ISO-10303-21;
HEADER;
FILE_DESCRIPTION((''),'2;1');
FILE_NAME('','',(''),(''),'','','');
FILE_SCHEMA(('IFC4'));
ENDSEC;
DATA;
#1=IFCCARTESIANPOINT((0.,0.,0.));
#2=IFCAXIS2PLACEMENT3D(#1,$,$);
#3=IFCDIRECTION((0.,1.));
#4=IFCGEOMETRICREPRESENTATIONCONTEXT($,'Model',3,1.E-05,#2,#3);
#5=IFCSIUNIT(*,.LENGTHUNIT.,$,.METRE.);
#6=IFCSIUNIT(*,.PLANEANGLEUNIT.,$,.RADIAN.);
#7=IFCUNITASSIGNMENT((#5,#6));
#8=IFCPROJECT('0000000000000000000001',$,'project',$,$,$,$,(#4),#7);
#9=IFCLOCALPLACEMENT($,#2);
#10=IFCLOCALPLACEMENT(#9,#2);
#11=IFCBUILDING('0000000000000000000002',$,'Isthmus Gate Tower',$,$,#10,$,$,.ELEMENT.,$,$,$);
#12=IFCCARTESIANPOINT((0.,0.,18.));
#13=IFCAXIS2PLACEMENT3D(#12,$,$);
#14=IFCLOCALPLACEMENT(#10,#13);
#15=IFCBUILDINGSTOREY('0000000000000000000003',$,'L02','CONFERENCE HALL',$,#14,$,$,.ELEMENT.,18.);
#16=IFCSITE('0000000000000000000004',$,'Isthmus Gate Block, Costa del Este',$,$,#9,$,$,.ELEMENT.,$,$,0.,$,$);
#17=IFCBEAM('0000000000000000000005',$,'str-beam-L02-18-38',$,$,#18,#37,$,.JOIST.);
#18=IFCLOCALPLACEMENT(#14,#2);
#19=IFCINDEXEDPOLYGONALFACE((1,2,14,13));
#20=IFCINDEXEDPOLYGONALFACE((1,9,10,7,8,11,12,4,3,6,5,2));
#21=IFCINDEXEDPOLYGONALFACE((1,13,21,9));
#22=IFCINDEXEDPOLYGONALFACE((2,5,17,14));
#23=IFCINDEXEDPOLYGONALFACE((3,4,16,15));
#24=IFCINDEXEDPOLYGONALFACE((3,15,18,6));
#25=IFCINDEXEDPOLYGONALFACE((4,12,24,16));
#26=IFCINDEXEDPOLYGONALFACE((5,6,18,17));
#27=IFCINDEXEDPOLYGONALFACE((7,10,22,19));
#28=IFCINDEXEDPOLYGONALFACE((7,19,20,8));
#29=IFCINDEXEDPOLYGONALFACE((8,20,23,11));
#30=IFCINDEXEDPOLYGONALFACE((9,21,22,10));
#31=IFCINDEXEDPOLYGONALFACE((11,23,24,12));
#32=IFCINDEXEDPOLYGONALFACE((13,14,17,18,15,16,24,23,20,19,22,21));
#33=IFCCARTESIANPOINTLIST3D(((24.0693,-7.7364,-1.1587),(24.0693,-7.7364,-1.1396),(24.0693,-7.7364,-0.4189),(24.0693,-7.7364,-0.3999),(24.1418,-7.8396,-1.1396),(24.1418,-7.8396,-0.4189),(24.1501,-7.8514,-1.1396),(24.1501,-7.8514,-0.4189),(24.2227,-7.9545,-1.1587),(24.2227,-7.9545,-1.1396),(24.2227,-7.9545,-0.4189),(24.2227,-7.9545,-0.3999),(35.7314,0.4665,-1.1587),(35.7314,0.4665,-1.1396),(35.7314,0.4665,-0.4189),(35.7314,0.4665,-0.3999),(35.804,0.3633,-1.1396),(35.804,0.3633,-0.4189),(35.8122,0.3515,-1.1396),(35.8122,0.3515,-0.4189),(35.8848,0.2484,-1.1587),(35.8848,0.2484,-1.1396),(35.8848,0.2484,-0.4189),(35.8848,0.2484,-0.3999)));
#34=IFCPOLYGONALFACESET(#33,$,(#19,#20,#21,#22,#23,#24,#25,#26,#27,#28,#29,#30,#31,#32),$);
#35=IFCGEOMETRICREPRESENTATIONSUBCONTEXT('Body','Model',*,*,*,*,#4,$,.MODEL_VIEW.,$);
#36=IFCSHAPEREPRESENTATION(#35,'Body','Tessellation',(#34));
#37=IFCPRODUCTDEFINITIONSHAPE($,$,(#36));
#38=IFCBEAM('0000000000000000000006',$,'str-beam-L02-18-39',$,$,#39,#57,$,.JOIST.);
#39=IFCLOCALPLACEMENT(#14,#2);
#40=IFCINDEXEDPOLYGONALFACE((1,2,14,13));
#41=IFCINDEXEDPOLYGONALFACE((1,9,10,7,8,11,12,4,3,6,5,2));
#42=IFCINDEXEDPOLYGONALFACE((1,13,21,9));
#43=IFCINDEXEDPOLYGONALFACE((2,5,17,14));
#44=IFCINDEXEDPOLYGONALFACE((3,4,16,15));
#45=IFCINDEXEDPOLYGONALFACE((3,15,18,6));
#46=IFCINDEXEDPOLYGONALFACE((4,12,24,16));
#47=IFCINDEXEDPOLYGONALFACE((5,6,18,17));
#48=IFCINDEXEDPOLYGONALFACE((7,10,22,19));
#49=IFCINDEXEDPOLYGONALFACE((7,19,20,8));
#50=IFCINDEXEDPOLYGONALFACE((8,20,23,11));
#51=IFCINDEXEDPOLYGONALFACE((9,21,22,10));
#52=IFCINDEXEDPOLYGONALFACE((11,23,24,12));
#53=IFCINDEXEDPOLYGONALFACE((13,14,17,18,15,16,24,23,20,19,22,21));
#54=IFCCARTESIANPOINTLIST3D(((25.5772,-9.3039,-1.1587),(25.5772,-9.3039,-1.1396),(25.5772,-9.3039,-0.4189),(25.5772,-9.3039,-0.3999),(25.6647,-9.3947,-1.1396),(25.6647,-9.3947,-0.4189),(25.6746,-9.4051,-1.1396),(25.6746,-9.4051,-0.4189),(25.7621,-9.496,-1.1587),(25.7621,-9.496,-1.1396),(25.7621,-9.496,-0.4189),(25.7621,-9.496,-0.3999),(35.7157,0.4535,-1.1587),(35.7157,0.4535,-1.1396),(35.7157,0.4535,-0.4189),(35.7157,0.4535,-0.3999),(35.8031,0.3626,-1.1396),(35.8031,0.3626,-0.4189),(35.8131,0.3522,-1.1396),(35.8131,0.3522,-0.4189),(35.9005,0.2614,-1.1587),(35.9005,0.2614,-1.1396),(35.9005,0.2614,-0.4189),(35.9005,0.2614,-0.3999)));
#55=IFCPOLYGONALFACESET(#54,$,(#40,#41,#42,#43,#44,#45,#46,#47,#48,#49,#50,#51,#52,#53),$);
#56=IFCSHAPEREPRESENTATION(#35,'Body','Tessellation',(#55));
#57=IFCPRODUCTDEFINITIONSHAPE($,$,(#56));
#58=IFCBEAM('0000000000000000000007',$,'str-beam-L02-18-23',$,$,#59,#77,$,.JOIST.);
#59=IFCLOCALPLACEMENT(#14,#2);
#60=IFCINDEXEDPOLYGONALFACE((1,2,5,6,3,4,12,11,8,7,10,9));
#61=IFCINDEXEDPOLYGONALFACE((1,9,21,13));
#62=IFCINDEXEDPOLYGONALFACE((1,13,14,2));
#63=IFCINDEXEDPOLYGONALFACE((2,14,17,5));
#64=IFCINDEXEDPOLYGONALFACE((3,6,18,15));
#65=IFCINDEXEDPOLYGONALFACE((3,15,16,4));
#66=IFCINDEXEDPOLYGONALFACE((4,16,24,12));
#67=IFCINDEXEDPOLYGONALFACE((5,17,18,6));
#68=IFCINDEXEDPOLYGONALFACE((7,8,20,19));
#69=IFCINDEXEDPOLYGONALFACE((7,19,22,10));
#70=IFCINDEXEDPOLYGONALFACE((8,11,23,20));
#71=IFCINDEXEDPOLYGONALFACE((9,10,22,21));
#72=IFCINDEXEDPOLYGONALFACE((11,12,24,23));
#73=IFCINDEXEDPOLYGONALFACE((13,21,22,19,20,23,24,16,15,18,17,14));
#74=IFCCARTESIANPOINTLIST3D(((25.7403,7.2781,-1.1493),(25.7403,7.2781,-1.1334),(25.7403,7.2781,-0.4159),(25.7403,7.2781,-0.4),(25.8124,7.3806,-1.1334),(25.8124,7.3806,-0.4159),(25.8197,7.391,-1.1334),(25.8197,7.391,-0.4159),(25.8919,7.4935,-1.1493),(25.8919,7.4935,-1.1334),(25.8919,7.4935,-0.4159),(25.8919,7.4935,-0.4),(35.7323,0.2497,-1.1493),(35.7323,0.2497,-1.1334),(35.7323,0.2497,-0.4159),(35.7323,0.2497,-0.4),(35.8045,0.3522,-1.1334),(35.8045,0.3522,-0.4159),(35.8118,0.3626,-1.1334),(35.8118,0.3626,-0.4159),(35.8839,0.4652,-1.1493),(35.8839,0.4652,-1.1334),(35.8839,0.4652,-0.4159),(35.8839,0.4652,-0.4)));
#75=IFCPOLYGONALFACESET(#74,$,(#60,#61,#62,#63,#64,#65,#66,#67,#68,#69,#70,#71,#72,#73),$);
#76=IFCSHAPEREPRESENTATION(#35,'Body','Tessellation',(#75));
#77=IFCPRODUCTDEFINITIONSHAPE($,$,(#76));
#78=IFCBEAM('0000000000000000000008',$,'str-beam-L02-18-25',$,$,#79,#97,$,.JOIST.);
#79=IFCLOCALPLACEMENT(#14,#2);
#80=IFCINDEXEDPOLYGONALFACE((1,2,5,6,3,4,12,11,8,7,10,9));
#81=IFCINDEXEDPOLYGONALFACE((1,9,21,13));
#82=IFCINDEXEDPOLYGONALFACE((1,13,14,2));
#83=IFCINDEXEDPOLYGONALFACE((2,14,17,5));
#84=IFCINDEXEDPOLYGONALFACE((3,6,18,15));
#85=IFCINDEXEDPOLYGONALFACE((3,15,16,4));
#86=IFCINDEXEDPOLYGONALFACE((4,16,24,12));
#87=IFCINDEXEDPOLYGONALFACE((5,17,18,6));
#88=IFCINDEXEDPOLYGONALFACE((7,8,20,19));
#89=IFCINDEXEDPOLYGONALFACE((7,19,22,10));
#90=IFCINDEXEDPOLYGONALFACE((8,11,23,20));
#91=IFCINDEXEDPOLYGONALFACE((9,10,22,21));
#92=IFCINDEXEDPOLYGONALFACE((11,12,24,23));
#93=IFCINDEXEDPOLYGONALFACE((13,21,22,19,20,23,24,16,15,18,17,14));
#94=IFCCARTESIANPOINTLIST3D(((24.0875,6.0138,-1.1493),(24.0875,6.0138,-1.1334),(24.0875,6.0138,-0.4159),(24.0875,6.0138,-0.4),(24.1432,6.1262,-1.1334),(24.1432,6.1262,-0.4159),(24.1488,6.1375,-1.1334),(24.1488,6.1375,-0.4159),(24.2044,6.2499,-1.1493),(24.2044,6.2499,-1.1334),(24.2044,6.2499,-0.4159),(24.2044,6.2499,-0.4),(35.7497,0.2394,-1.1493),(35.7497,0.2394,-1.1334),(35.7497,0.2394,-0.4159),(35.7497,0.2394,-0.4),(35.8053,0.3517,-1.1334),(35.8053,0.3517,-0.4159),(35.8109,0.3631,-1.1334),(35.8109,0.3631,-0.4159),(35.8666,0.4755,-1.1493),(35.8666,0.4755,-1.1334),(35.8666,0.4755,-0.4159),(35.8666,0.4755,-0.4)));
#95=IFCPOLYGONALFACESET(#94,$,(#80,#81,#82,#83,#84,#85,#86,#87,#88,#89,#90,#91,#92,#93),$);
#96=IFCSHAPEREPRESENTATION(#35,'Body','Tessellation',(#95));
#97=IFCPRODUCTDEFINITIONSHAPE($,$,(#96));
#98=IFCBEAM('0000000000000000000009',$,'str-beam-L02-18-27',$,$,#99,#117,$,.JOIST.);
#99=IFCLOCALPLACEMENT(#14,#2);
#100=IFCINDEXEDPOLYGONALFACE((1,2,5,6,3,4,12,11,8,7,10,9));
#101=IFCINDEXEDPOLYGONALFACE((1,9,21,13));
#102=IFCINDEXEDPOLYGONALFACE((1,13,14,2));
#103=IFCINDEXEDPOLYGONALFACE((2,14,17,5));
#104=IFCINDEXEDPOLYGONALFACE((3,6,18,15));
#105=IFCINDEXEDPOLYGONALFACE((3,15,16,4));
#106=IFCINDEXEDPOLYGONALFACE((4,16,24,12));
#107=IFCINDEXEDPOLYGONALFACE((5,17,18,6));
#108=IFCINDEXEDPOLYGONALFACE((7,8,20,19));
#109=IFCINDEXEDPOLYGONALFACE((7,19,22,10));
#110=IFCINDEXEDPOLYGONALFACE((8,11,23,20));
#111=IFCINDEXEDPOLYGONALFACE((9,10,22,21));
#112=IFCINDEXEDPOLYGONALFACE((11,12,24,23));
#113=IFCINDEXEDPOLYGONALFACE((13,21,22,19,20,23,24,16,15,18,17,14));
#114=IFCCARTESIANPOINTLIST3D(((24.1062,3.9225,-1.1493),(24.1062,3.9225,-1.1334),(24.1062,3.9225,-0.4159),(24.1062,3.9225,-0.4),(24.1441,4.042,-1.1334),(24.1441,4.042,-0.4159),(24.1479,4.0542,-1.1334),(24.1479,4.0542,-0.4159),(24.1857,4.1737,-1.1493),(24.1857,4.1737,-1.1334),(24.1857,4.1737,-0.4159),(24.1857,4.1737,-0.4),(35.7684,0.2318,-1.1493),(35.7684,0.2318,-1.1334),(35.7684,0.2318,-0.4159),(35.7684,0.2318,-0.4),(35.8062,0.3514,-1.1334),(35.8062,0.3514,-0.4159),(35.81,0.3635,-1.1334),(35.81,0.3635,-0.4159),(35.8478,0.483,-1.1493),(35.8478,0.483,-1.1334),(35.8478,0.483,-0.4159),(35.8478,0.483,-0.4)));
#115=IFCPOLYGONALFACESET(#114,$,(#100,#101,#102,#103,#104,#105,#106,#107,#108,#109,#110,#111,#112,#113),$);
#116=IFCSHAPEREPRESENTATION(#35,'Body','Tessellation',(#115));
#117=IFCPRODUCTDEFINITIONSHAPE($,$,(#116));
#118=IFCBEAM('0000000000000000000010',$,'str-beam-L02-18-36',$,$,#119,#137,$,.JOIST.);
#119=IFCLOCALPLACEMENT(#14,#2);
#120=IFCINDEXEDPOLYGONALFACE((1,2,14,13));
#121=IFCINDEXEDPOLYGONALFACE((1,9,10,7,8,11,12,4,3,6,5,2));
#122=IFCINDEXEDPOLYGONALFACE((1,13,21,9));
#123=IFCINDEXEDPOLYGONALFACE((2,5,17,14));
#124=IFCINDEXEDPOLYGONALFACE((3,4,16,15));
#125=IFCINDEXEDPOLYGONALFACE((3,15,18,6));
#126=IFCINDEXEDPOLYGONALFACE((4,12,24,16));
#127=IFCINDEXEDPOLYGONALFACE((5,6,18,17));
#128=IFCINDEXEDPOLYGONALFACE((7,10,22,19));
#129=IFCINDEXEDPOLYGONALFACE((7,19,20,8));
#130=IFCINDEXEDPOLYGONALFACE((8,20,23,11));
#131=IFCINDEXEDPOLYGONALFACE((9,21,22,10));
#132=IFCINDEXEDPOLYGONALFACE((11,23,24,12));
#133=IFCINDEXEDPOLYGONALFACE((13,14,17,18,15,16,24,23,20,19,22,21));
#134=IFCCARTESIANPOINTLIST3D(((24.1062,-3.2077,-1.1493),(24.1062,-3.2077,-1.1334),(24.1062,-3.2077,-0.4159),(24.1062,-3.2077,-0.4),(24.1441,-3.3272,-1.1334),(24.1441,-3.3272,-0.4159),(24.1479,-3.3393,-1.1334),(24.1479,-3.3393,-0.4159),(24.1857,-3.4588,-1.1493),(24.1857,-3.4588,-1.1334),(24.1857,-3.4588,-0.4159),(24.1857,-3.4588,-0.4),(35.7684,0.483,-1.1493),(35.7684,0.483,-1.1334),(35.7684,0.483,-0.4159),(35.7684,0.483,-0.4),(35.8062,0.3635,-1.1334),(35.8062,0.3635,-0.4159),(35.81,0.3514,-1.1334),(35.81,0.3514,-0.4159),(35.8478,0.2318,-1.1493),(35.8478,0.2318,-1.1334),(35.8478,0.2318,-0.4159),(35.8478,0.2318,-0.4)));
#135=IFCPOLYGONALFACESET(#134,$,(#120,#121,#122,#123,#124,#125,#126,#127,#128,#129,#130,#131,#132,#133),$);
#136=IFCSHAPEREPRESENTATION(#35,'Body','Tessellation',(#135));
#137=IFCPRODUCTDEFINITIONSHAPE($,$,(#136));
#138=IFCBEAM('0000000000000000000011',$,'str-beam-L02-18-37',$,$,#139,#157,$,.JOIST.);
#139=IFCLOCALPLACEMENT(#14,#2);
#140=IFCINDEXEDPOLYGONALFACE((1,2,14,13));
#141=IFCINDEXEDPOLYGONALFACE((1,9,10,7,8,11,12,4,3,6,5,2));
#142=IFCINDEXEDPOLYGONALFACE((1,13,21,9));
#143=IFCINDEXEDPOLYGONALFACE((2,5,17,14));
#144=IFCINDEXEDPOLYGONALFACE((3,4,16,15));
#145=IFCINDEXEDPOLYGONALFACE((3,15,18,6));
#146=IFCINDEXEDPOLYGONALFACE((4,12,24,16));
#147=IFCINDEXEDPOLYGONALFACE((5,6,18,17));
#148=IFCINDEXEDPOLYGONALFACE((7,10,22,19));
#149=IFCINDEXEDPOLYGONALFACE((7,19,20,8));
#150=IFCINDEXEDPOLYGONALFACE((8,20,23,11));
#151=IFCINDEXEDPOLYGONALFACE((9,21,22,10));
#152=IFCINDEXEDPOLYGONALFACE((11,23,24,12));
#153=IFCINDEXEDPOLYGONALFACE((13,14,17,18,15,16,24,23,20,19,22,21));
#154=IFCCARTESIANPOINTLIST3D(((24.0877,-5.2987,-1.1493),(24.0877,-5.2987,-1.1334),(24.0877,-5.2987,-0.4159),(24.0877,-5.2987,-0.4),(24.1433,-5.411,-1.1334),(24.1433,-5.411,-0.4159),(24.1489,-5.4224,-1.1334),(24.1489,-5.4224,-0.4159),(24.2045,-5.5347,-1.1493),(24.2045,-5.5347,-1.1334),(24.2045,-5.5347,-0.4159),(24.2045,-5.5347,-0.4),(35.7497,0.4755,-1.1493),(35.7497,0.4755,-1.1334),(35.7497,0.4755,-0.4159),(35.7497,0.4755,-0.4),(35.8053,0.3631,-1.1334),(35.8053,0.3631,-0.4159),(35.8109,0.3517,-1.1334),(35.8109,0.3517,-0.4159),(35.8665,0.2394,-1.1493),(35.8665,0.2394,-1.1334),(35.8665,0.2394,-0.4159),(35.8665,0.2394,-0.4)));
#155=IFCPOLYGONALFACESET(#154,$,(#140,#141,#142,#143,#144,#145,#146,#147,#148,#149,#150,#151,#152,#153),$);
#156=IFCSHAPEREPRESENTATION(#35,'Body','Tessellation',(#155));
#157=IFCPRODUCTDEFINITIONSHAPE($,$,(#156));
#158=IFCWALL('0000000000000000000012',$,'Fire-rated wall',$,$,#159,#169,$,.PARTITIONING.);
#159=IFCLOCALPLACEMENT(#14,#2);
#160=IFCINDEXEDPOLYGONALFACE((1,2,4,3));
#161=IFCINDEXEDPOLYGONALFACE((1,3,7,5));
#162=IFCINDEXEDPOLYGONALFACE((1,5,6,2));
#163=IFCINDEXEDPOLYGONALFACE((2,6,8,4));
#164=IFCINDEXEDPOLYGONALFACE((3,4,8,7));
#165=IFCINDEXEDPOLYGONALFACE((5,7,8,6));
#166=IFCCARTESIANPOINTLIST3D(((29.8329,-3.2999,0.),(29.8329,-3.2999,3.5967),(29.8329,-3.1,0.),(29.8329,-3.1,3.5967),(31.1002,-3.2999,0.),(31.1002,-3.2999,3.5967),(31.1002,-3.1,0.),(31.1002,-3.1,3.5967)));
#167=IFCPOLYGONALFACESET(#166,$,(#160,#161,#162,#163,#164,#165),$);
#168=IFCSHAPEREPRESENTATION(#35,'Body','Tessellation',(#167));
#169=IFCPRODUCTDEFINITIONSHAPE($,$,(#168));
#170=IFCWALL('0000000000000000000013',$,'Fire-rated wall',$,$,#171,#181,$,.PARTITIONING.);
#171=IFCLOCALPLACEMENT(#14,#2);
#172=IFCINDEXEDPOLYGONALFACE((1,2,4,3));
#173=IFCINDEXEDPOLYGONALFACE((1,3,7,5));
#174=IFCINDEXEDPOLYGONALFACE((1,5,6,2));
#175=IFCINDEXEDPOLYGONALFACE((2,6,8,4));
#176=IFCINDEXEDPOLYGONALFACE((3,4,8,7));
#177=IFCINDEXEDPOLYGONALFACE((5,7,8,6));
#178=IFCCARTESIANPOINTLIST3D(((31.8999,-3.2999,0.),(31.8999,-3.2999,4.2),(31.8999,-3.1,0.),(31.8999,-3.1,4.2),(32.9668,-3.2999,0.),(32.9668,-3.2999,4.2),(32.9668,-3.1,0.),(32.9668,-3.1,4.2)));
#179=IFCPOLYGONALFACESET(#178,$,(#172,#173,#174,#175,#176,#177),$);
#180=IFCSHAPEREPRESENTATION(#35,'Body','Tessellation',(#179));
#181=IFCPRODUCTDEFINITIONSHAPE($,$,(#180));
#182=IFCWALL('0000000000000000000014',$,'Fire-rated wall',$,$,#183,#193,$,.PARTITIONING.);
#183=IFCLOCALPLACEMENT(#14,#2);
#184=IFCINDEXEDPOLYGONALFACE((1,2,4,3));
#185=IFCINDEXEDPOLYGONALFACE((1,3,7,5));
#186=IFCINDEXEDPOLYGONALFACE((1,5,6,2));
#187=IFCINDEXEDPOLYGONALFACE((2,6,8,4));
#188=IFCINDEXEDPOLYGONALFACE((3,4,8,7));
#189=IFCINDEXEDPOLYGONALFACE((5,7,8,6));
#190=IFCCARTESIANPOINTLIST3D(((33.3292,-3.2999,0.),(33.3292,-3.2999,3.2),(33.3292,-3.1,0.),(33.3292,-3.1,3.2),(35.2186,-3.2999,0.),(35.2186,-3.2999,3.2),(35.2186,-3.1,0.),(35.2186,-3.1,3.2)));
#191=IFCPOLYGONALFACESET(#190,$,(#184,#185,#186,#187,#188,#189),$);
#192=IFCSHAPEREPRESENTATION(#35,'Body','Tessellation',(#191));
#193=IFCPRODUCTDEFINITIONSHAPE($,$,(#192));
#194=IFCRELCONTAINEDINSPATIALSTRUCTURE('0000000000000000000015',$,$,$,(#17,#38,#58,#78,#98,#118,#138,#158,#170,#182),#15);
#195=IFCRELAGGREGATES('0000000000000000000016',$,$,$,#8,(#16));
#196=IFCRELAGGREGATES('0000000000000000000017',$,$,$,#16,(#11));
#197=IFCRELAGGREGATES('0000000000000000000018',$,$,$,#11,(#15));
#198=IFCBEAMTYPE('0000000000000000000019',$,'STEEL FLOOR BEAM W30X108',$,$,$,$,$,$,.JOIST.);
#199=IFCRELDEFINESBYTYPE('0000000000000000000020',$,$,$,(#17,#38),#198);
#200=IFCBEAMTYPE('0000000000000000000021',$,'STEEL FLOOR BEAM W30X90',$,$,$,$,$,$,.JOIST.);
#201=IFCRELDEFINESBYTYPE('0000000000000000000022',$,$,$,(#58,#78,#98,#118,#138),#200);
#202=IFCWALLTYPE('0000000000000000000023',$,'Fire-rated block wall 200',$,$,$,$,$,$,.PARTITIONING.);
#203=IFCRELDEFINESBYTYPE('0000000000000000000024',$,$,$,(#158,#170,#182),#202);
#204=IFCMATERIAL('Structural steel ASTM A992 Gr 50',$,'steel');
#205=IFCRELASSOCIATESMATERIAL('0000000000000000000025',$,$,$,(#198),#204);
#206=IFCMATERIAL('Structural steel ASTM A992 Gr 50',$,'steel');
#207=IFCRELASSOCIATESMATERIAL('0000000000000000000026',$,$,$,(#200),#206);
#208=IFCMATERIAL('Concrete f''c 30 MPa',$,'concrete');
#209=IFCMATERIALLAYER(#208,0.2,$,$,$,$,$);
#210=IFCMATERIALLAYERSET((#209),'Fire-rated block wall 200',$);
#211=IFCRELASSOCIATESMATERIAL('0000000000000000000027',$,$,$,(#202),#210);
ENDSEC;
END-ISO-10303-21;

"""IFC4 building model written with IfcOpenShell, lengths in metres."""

from ifc_helpers import new_model, si_unit, direction, frame, frame_2d, origin, origin_2d, place, context, subcontext, project, spatial, rectangle, i_section, extrude, material, layer, layer_set, material_profile, profile_set, type_object, element, save


model = new_model("IFC4")

# Units and contexts
model_context = context("Model", 3, precision=1e-05, world=origin(), true_north=direction((0.0, 1.0)))
body_context = subcontext(model_context, "Body", "Model", "MODEL_VIEW")
ifc_project = project(units=[si_unit("LENGTHUNIT", "METRE"), si_unit("PLANEANGLEUNIT", "RADIAN")], contexts=[model_context])

# Site, building, storey
site_placement = place(None, origin())
site = spatial("IfcSite", under=ifc_project, at=site_placement, Name="Isthmus Gate Block, Costa del Este", CompositionType="ELEMENT", RefElevation=0.0)
building_placement = place(site_placement, origin())
building = spatial("IfcBuilding", under=site, at=building_placement, Name="Isthmus Gate Tower", CompositionType="ELEMENT")
storey_placement = place(building_placement, frame((0.0, 0.0, 18.0)))
storey = spatial("IfcBuildingStorey", under=building, at=storey_placement, Name="L02", Description="CONFERENCE HALL", CompositionType="ELEMENT", Elevation=18.0)

# Beams
ifc_material_1 = material(Name="Structural steel ASTM A992 Gr 50", Category="steel")
ifc_material_profile_1 = material_profile(ifc_material_1, i_section(OverallWidth=0.2666, OverallDepth=0.7588, WebThickness=0.0144, FlangeThickness=0.019, at=origin_2d()), Name="W30X108")
ifc_profile_set_1 = profile_set([ifc_material_profile_1], Name="Structural steel ASTM A992 Gr 50")
beam_type_1 = type_object("IfcBeamType", Name="STEEL FLOOR BEAM W30X108", PredefinedType="JOIST", material=ifc_profile_set_1)
beam_1_placement = place(storey_placement, frame((35.8081, 0.3574, -0.7793), z_axis=(-0.817931, -0.575316, 0.0), x_axis=(0.575316, -0.817931, 0.0)))
element("IfcBeam", 1, at=beam_1_placement, inside=storey, type_object=beam_type_1, Name="str-beam-L02-18-38", PredefinedType="JOIST", context=body_context, shape_type="SweptSolid", body=[
    extrude(i_section(OverallWidth=0.2666, OverallDepth=0.7588, WebThickness=0.0144, FlangeThickness=0.019, at=origin_2d()), origin(), (0.0, 0.0, 1.0), 14.2581),
])
beam_2_placement = place(storey_placement, frame((35.8081, 0.3574, -0.7793), z_axis=(-0.720519, -0.693435, 0.0), x_axis=(0.693435, -0.720519, 0.0)))
element("IfcBeam", 2, at=beam_2_placement, inside=storey, type_object=beam_type_1, Name="str-beam-L02-18-39", PredefinedType="JOIST", context=body_context, shape_type="SweptSolid", body=[
    extrude(i_section(OverallWidth=0.2666, OverallDepth=0.7588, WebThickness=0.0144, FlangeThickness=0.019, at=origin_2d()), origin(), (0.0, 0.0, 1.0), 14.071),
])
ifc_material_2 = material(Name="Structural steel ASTM A992 Gr 50", Category="steel")
ifc_material_profile_2 = material_profile(ifc_material_2, i_section(OverallWidth=0.2634, OverallDepth=0.7493, WebThickness=0.0127, FlangeThickness=0.0159, at=origin_2d()), Name="W30X90")
ifc_profile_set_2 = profile_set([ifc_material_profile_2], Name="Structural steel ASTM A992 Gr 50")
beam_type_2 = type_object("IfcBeamType", Name="STEEL FLOOR BEAM W30X90", PredefinedType="JOIST", material=ifc_profile_set_2)
beam_3_placement = place(storey_placement, frame((35.8081, 0.3574, -0.7747), z_axis=(-0.817924, 0.575327, 0.0), x_axis=(-0.575327, -0.817924, 0.0)))
element("IfcBeam", 3, at=beam_3_placement, inside=storey, type_object=beam_type_2, Name="str-beam-L02-18-23", PredefinedType="JOIST", context=body_context, shape_type="SweptSolid", body=[
    extrude(i_section(OverallWidth=0.2634, OverallDepth=0.7493, WebThickness=0.0127, FlangeThickness=0.0159, at=origin_2d()), origin(), (0.0, 0.0, 1.0), 12.2163),
])
beam_4_placement = place(storey_placement, frame((35.8081, 0.3574, -0.7747), z_axis=(-0.896161, 0.443728, 0.0), x_axis=(-0.443728, -0.896161, 0.0)))
element("IfcBeam", 4, at=beam_4_placement, inside=storey, type_object=beam_type_2, Name="str-beam-L02-18-25", PredefinedType="JOIST", context=body_context, shape_type="SweptSolid", body=[
    extrude(i_section(OverallWidth=0.2634, OverallDepth=0.7493, WebThickness=0.0127, FlangeThickness=0.0159, at=origin_2d()), origin(), (0.0, 0.0, 1.0), 13.0134),
])
for number, where, z_axis, x_axis, name in (
    (5, (35.8081, 0.3574, -0.7747), (-0.953397, 0.301719, 0.0), (-0.301719, -0.953397, 0.0), "str-beam-L02-18-27"),
    (6, (35.8081, 0.3574, -0.7747), (-0.953397, -0.301719, 0.0), (0.301719, -0.953397, 0.0), "str-beam-L02-18-36"),
):
    element("IfcBeam", number, at=place(storey_placement, frame(where, z_axis=z_axis, x_axis=x_axis)), inside=storey, type_object=beam_type_2, Name=name, PredefinedType="JOIST", context=body_context, shape_type="SweptSolid", body=[
        extrude(i_section(OverallWidth=0.2634, OverallDepth=0.7493, WebThickness=0.0127, FlangeThickness=0.0159, at=origin_2d()), origin(), (0.0, 0.0, 1.0), 12.2322),
    ])
beam_5_placement = place(storey_placement, frame((35.8081, 0.3574, -0.7747), z_axis=(-0.896169, -0.443713, 0.0), x_axis=(0.443713, -0.896169, 0.0)))
element("IfcBeam", 7, at=beam_5_placement, inside=storey, type_object=beam_type_2, Name="str-beam-L02-18-37", PredefinedType="JOIST", context=body_context, shape_type="SweptSolid", body=[
    extrude(i_section(OverallWidth=0.2634, OverallDepth=0.7493, WebThickness=0.0127, FlangeThickness=0.0159, at=origin_2d()), origin(), (0.0, 0.0, 1.0), 13.0132),
])

# Walls
ifc_material_3 = material(Name="Concrete f'c 30 MPa", Category="concrete")
ifc_layer_1 = layer(ifc_material_3, 0.2)
ifc_layer_set_1 = layer_set([ifc_layer_1], Name="Fire-rated block wall 200")
wall_type_1 = type_object("IfcWallType", Name="Fire-rated block wall 200", PredefinedType="PARTITIONING", material=ifc_layer_set_1)
wall_1_placement = place(storey_placement, frame((29.8328, -3.2, 0.0), z_axis=(0.0, 0.0, 1.0), x_axis=(1.0, 0.0, 0.0)))
element("IfcWall", 8, at=wall_1_placement, inside=storey, type_object=wall_type_1, Name="Fire-rated wall", PredefinedType="PARTITIONING", context=body_context, shape_type="SweptSolid", body=[
    extrude(rectangle(XDim=1.2673, YDim=0.2, at=frame_2d((0.6338, 0.0))), origin(), (0.0, 0.0, 1.0), 3.5967),
])
wall_2_placement = place(storey_placement, frame((31.8999, -3.2, 0.0), z_axis=(0.0, 0.0, 1.0), x_axis=(1.0, 0.0, 0.0)))
element("IfcWall", 9, at=wall_2_placement, inside=storey, type_object=wall_type_1, Name="Fire-rated wall", PredefinedType="PARTITIONING", context=body_context, shape_type="SweptSolid", body=[
    extrude(rectangle(XDim=1.0669, YDim=0.2, at=frame_2d((0.5334, 0.0))), origin(), (0.0, 0.0, 1.0), 4.2),
])
wall_3_placement = place(storey_placement, frame((33.3291, -3.2, 0.0), z_axis=(0.0, 0.0, 1.0), x_axis=(1.0, 0.0, 0.0)))
element("IfcWall", 10, at=wall_3_placement, inside=storey, type_object=wall_type_1, Name="Fire-rated wall", PredefinedType="PARTITIONING", context=body_context, shape_type="SweptSolid", body=[
    extrude(rectangle(XDim=1.8894, YDim=0.2, at=frame_2d((0.9448, 0.0))), origin(), (0.0, 0.0, 1.0), 3.2),
])

save(model, "model.ifc")
